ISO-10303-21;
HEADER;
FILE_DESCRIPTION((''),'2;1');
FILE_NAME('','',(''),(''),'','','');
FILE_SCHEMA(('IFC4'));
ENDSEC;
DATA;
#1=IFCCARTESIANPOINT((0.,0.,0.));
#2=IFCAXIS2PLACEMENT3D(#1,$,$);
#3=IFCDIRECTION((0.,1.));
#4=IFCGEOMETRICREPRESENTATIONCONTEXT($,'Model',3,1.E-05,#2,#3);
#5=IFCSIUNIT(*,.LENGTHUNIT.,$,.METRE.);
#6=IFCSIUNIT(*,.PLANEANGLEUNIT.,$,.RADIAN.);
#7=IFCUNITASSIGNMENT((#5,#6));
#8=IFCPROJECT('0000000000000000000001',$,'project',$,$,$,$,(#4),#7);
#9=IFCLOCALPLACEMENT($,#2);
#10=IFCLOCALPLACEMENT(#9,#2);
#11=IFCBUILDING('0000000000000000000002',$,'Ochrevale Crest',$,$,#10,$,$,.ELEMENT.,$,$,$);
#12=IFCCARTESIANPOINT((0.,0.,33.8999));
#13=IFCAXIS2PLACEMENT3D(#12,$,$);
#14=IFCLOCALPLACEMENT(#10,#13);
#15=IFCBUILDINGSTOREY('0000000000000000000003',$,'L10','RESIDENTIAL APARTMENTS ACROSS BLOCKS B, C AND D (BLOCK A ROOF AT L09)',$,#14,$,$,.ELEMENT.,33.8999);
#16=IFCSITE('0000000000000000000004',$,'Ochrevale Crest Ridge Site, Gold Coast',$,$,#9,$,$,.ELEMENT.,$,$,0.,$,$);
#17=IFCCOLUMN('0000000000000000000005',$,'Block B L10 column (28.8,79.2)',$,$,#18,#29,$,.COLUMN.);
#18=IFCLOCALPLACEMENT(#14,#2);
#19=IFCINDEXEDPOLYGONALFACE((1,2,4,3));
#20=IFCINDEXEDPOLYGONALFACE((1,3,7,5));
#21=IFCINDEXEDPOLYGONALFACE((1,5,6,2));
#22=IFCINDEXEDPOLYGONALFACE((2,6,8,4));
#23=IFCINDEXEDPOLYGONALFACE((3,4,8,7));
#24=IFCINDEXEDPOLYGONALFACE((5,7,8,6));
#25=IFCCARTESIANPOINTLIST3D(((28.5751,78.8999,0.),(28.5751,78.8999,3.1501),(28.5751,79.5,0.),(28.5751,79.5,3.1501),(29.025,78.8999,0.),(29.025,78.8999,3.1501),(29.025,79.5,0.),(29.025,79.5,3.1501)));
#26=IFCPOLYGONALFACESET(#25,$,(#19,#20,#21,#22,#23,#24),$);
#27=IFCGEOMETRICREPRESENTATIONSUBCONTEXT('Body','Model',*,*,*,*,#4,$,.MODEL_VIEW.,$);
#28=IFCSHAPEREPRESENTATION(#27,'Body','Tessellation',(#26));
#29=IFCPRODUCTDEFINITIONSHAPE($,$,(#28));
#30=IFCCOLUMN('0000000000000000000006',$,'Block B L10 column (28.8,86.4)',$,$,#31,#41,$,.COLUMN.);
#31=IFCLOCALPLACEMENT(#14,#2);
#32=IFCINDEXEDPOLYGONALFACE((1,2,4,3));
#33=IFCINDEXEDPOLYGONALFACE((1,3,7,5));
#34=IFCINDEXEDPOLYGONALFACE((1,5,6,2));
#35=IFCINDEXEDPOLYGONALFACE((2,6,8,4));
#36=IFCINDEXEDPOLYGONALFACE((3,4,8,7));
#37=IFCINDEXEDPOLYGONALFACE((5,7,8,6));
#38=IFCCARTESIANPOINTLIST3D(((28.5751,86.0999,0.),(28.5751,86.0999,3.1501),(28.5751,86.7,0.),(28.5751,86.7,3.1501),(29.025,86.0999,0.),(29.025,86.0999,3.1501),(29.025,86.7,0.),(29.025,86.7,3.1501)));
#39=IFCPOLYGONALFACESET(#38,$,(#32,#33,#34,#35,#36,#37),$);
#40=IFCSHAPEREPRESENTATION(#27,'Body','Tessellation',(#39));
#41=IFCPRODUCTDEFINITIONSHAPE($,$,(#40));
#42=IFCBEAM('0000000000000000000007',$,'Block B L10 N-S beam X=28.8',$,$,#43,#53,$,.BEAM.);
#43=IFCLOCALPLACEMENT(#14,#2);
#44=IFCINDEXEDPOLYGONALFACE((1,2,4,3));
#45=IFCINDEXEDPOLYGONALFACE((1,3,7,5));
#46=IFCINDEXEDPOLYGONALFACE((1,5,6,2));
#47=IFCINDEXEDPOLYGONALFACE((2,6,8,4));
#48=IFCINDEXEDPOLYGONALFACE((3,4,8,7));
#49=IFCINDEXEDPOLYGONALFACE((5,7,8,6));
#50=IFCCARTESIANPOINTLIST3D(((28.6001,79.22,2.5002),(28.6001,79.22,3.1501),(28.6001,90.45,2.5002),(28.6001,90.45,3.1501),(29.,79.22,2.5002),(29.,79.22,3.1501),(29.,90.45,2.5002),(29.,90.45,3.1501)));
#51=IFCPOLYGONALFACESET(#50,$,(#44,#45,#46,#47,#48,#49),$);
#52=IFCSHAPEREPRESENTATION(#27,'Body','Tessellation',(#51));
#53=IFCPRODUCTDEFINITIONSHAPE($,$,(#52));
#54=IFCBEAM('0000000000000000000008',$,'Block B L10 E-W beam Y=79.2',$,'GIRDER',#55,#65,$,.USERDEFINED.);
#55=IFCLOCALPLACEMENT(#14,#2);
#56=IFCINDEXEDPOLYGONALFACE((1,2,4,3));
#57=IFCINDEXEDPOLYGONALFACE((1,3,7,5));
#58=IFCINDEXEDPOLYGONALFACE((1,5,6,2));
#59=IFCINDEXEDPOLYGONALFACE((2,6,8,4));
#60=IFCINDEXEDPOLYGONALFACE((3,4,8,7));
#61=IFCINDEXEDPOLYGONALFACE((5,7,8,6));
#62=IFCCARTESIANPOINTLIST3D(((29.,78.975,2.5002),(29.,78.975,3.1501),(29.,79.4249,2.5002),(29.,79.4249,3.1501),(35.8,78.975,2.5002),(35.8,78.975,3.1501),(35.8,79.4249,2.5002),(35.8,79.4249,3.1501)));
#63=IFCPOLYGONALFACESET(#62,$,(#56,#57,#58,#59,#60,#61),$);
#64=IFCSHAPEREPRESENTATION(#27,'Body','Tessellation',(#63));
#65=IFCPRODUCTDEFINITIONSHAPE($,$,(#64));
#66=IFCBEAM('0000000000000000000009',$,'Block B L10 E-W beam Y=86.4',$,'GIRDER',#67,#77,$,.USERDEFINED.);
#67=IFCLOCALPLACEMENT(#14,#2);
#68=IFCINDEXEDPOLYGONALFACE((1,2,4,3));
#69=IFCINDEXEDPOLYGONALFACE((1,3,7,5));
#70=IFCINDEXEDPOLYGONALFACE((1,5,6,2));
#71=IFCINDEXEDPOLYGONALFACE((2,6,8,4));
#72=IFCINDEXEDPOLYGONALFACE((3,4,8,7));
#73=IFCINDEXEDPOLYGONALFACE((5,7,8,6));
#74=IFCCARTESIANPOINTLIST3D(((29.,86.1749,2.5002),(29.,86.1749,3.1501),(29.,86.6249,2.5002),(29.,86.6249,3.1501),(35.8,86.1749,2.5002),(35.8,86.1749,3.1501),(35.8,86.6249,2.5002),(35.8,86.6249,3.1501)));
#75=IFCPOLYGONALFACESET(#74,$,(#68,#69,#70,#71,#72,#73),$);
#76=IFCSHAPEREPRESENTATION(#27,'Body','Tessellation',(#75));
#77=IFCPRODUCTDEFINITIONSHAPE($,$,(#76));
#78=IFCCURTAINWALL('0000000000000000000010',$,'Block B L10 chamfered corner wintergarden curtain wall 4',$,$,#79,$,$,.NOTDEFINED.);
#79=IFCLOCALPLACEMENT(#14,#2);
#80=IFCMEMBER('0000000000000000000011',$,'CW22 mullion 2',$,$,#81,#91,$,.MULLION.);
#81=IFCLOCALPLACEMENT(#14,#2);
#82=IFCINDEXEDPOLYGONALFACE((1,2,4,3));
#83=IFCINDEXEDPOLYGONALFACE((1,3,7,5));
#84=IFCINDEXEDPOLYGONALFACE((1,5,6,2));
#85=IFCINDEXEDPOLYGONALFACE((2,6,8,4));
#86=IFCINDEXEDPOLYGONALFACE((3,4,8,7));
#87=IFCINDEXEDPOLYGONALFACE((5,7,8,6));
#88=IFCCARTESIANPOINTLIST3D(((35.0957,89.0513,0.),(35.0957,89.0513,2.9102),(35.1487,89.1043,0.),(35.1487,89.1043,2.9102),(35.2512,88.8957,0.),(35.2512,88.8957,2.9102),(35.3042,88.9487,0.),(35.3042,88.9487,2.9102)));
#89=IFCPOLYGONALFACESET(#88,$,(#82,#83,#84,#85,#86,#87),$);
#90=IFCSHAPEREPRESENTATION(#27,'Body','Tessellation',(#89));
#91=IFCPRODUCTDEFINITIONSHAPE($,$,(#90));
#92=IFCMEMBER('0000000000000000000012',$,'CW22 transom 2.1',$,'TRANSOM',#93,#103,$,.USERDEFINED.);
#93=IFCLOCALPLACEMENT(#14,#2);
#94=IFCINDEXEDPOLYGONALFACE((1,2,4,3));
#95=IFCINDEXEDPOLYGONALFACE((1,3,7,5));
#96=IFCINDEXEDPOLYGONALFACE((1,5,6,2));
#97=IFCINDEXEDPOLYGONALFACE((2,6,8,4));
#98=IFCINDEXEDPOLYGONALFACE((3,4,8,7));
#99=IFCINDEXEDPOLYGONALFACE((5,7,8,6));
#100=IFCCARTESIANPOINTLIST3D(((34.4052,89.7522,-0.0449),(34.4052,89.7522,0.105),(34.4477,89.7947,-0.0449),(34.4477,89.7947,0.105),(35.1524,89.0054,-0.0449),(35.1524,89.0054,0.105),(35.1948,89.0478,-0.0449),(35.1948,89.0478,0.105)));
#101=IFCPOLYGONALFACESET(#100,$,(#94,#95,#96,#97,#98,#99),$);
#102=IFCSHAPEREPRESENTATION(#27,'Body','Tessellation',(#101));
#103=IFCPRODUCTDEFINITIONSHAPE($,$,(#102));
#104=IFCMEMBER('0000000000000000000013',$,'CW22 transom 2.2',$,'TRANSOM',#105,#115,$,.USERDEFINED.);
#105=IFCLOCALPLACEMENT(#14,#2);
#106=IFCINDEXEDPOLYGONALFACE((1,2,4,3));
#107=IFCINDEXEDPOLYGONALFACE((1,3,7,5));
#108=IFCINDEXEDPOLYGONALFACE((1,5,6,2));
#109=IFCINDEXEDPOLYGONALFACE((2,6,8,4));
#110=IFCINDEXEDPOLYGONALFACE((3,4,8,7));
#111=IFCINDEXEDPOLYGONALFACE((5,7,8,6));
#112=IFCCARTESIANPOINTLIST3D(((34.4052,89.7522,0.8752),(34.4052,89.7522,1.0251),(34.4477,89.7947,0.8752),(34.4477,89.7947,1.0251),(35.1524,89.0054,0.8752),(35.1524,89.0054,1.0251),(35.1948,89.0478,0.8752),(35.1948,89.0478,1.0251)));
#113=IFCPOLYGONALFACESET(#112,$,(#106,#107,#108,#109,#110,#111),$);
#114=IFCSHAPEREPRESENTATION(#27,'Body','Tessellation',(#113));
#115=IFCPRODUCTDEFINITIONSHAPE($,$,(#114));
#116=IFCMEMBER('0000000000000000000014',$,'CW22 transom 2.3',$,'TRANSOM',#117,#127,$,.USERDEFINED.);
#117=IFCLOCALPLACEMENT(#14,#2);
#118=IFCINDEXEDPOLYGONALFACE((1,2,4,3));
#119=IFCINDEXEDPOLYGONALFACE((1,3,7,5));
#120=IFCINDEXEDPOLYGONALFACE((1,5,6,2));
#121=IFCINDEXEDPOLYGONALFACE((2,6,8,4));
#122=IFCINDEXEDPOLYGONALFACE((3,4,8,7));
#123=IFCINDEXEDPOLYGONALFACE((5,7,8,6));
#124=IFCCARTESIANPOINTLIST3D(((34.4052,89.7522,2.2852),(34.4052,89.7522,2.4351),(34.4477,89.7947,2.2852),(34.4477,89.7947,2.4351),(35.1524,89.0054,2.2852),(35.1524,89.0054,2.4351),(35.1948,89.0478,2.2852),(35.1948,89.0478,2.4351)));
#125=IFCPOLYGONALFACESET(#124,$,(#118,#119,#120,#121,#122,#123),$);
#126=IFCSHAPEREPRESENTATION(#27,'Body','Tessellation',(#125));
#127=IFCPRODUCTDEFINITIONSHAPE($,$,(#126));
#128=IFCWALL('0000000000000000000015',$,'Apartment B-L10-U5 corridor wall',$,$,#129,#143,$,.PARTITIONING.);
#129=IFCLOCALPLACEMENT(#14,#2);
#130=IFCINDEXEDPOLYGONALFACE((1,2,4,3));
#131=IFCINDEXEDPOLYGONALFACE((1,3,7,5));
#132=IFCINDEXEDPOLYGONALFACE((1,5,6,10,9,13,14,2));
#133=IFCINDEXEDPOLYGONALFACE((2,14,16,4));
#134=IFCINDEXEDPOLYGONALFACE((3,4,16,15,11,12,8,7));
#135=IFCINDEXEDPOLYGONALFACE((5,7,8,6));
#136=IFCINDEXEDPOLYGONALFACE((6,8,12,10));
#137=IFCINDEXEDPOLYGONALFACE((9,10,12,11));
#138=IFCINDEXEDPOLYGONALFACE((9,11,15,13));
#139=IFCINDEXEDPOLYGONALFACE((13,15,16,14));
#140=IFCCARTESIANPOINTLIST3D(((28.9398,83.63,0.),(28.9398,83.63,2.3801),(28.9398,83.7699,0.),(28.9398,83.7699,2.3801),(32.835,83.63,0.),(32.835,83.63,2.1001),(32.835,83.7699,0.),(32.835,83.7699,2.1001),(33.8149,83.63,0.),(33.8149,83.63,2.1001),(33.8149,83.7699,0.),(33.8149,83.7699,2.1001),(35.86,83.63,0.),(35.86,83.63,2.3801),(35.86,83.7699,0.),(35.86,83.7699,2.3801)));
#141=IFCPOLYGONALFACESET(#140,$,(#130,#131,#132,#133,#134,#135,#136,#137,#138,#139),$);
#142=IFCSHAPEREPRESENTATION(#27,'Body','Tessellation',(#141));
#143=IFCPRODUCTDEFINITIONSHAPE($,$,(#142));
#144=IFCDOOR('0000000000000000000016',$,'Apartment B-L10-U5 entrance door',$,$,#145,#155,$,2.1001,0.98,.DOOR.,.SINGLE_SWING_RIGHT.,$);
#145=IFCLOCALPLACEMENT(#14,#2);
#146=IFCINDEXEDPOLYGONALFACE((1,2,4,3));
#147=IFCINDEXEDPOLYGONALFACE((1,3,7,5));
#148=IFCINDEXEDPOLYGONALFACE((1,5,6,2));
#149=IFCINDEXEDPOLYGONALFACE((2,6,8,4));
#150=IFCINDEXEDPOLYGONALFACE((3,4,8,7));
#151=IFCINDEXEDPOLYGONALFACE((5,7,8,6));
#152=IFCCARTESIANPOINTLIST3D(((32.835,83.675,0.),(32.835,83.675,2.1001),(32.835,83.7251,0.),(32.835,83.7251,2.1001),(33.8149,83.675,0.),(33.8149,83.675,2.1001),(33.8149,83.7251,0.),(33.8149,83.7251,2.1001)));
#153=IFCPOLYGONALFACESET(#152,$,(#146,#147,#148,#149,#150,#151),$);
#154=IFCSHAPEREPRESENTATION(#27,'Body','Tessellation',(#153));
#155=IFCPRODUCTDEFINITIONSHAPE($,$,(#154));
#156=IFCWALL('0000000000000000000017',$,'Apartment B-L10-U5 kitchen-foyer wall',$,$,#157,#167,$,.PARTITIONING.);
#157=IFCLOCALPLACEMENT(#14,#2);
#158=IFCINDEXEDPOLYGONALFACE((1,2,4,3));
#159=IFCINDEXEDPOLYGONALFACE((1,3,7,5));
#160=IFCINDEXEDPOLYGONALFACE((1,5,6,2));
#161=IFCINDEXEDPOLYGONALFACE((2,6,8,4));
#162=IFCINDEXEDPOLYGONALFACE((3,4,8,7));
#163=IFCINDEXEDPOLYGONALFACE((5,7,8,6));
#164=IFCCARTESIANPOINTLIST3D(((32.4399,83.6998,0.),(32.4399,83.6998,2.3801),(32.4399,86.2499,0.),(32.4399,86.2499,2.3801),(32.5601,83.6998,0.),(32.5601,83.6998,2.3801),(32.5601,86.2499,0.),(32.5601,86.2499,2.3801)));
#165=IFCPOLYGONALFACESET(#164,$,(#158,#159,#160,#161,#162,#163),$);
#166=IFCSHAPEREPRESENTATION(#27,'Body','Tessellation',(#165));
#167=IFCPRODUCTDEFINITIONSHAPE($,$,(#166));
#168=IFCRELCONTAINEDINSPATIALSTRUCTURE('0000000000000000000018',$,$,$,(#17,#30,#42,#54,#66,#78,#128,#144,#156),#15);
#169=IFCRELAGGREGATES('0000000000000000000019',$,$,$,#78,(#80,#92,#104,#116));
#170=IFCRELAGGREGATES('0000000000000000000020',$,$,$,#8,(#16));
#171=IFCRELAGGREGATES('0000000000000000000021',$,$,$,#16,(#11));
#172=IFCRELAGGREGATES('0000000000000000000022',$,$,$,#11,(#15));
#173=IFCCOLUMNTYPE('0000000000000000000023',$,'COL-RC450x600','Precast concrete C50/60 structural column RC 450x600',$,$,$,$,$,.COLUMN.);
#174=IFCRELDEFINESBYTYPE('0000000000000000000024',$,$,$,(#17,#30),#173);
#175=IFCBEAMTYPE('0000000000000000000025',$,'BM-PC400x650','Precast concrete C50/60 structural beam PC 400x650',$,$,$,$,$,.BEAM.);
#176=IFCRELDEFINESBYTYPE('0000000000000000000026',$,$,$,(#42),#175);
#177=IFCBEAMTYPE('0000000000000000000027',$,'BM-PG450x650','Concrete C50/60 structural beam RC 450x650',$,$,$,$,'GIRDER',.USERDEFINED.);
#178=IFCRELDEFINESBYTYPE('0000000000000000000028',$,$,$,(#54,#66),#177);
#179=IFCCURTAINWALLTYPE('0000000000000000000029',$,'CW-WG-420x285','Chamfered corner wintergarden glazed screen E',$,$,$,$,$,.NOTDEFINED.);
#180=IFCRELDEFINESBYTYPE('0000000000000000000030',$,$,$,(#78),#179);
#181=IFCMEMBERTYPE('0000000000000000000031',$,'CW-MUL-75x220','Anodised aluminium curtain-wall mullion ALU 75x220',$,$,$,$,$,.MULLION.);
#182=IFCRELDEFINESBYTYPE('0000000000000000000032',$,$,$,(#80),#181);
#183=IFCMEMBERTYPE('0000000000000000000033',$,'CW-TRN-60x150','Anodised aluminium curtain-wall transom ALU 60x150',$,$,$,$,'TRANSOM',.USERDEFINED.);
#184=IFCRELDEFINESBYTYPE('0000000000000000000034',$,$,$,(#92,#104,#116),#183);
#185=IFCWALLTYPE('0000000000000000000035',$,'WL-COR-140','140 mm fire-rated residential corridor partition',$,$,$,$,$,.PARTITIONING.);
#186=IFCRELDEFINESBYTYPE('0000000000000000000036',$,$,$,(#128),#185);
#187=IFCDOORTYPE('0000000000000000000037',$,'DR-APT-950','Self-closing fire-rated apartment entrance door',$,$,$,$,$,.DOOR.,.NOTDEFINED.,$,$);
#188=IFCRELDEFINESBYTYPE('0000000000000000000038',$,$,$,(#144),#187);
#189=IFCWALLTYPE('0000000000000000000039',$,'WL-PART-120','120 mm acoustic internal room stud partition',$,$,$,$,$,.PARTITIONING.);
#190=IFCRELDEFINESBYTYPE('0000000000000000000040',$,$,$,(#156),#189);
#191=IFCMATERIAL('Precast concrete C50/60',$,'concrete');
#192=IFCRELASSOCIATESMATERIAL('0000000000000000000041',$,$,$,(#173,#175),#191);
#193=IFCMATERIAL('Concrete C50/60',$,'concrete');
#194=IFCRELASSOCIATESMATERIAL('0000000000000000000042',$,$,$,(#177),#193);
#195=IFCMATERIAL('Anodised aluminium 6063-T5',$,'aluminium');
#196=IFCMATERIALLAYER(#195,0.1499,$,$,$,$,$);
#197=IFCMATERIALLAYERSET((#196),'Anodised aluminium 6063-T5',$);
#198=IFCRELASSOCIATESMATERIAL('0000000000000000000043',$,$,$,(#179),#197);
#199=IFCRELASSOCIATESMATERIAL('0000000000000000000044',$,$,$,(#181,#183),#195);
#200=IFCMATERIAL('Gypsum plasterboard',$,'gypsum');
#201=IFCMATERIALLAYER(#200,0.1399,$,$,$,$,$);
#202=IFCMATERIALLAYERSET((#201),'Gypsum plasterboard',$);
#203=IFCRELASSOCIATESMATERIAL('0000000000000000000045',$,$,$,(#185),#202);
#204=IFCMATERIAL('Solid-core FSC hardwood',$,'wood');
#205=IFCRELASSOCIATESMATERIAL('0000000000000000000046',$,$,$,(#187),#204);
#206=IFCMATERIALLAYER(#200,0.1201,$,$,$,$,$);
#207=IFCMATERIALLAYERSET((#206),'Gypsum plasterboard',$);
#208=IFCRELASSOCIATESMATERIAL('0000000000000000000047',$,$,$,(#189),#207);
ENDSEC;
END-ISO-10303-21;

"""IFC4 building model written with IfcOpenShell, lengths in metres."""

from ifc_helpers import new_model, si_unit, direction, frame, frame_2d, origin, origin_2d, place, context, subcontext, project, spatial, rectangle, extrude, material, layer, layer_set, material_profile, profile_set, type_object, element, fill, aggregate, save


model = new_model("IFC4")

# Units and contexts
model_context = context("Model", 3, precision=1e-05, world=origin(), true_north=direction((0.0, 1.0)))
body_context = subcontext(model_context, "Body", "Model", "MODEL_VIEW")
ifc_project = project(units=[si_unit("LENGTHUNIT", "METRE"), si_unit("PLANEANGLEUNIT", "RADIAN")], contexts=[model_context])

# Site, building, storey
site_placement = place(None, origin())
site = spatial("IfcSite", under=ifc_project, at=site_placement, Name="Ochrevale Crest Ridge Site, Gold Coast", CompositionType="ELEMENT", RefElevation=0.0)
building_placement = place(site_placement, origin())
building = spatial("IfcBuilding", under=site, at=building_placement, Name="Ochrevale Crest", CompositionType="ELEMENT")
storey_placement = place(building_placement, frame((0.0, 0.0, 33.8999)))
storey = spatial("IfcBuildingStorey", under=building, at=storey_placement, Name="L10", Description="RESIDENTIAL APARTMENTS ACROSS BLOCKS B, C AND D (BLOCK A ROOF AT L09)", CompositionType="ELEMENT", Elevation=33.8999)

# Columns
ifc_material_1 = material(Name="Precast concrete C50/60", Category="concrete")
ifc_material_profile_1 = material_profile(ifc_material_1, rectangle(XDim=0.45, YDim=0.6001, at=origin_2d()), Name="RC 450x600")
ifc_profile_set_1 = profile_set([ifc_material_profile_1], Name="Precast concrete C50/60")
column_type = type_object("IfcColumnType", Name="COL-RC450x600", Description="Precast concrete C50/60 structural column RC 450x600", PredefinedType="COLUMN", material=ifc_profile_set_1)
for number, where, z_axis, x_axis, name in (
    (1, (28.8, 79.2, 0.0), (0.0, 0.0, 1.0), (1.0, 0.0, 0.0), "Block B L10 column (28.8,79.2)"),
    (2, (28.8, 86.3999, 0.0), (0.0, 0.0, 1.0), (1.0, 0.0, 0.0), "Block B L10 column (28.8,86.4)"),
):
    element("IfcColumn", number, at=place(storey_placement, frame(where, z_axis=z_axis, x_axis=x_axis)), inside=storey, type_object=column_type, Name=name, PredefinedType="COLUMN", context=body_context, shape_type="SweptSolid", body=[
        extrude(rectangle(XDim=0.45, YDim=0.6001, at=origin_2d()), origin(), (0.0, 0.0, 1.0), 3.1501),
    ])

# Beams
ifc_material_profile_2 = material_profile(ifc_material_1, rectangle(XDim=0.3999, YDim=0.6499, at=origin_2d()), Name="PC 400x650")
ifc_profile_set_2 = profile_set([ifc_material_profile_2], Name="Precast concrete C50/60")
beam_type_1 = type_object("IfcBeamType", Name="BM-PC400x650", Description="Precast concrete C50/60 structural beam PC 400x650", PredefinedType="BEAM", material=ifc_profile_set_2)
beam_placement = place(storey_placement, frame((28.8, 79.22, 2.8252), z_axis=(0.0, 1.0, 0.0), x_axis=(-1.0, 0.0, 0.0)))
element("IfcBeam", 3, at=beam_placement, inside=storey, type_object=beam_type_1, Name="Block B L10 N-S beam X=28.8", PredefinedType="BEAM", context=body_context, shape_type="SweptSolid", body=[
    extrude(rectangle(XDim=0.3999, YDim=0.6499, at=origin_2d()), origin(), (0.0, 0.0, 1.0), 11.23),
])
ifc_material_2 = material(Name="Concrete C50/60", Category="concrete")
ifc_material_profile_3 = material_profile(ifc_material_2, rectangle(XDim=0.45, YDim=0.6499, at=origin_2d()), Name="RC 450x650")
ifc_profile_set_3 = profile_set([ifc_material_profile_3], Name="Concrete C50/60")
beam_type_2 = type_object("IfcBeamType", Name="BM-PG450x650", Description="Concrete C50/60 structural beam RC 450x650", ElementType="GIRDER", PredefinedType="USERDEFINED", material=ifc_profile_set_3)
for number, where, z_axis, x_axis, name in (
    (4, (29.0, 79.2, 2.8252), (1.0, 0.0, 0.0), (0.0, 1.0, 0.0), "Block B L10 E-W beam Y=79.2"),
    (5, (29.0, 86.3999, 2.8252), (1.0, 0.0, 0.0), (0.0, 1.0, 0.0), "Block B L10 E-W beam Y=86.4"),
):
    element("IfcBeam", number, at=place(storey_placement, frame(where, z_axis=z_axis, x_axis=x_axis)), inside=storey, type_object=beam_type_2, Name=name, ObjectType="GIRDER", PredefinedType="USERDEFINED", context=body_context, shape_type="SweptSolid", body=[
        extrude(rectangle(XDim=0.45, YDim=0.6499, at=origin_2d()), origin(), (0.0, 0.0, 1.0), 6.8),
    ])

# Curtain wall, members
ifc_material_3 = material(Name="Anodised aluminium 6063-T5", Category="aluminium")
ifc_layer_1 = layer(ifc_material_3, 0.1499)
ifc_layer_set_1 = layer_set([ifc_layer_1], Name="Anodised aluminium 6063-T5")
curtain_wall_type = type_object("IfcCurtainWallType", Name="CW-WG-420x285", Description="Chamfered corner wintergarden glazed screen E", PredefinedType="NOTDEFINED", material=ifc_layer_set_1)
curtain_wall_placement = place(storey_placement, origin())
curtain_wall = element("IfcCurtainWall", 6, at=curtain_wall_placement, inside=storey, type_object=curtain_wall_type, Name="Block B L10 chamfered corner wintergarden curtain wall 4", PredefinedType="NOTDEFINED")
ifc_material_profile_4 = material_profile(ifc_material_3, rectangle(XDim=0.075, YDim=0.22, at=origin_2d()), Name="ALU 75x220")
ifc_profile_set_4 = profile_set([ifc_material_profile_4], Name="Anodised aluminium 6063-T5")
member_type_1 = type_object("IfcMemberType", Name="CW-MUL-75x220", Description="Anodised aluminium curtain-wall mullion ALU 75x220", PredefinedType="MULLION", material=ifc_profile_set_4)
member_1_placement = place(storey_placement, frame((35.2, 89.0, 0.0), z_axis=(0.0, 0.0, 1.0), x_axis=(-0.707107, -0.707107, 0.0)))
member_1 = element("IfcMember", 7, at=member_1_placement, type_object=member_type_1, Name="CW22 mullion 2", PredefinedType="MULLION", context=body_context, shape_type="SweptSolid", body=[
    extrude(rectangle(XDim=0.075, YDim=0.22, at=origin_2d()), origin(), (0.0, 0.0, 1.0), 2.9102),
])
ifc_material_profile_5 = material_profile(ifc_material_3, rectangle(XDim=0.0601, YDim=0.1499, at=origin_2d()), Name="ALU 60x150")
ifc_profile_set_5 = profile_set([ifc_material_profile_5], Name="Anodised aluminium 6063-T5")
member_type_2 = type_object("IfcMemberType", Name="CW-TRN-60x150", Description="Anodised aluminium curtain-wall transom ALU 60x150", ElementType="TRANSOM", PredefinedType="USERDEFINED", material=ifc_profile_set_5)
member_2_placement = place(storey_placement, frame((35.1736, 89.0266, 0.03), z_axis=(-0.707222, 0.706991, 0.0), x_axis=(-0.706991, -0.707222, 0.0)))
member_2 = element("IfcMember", 8, at=member_2_placement, type_object=member_type_2, Name="CW22 transom 2.1", ObjectType="TRANSOM", PredefinedType="USERDEFINED", context=body_context, shape_type="SweptSolid", body=[
    extrude(rectangle(XDim=0.0601, YDim=0.1499, at=origin_2d()), origin(), (0.0, 0.0, 1.0), 1.0564),
])
member_3_placement = place(storey_placement, frame((35.1736, 89.0266, 0.9502), z_axis=(-0.707222, 0.706991, 0.0), x_axis=(-0.706991, -0.707222, 0.0)))
member_3 = element("IfcMember", 9, at=member_3_placement, type_object=member_type_2, Name="CW22 transom 2.2", ObjectType="TRANSOM", PredefinedType="USERDEFINED", context=body_context, shape_type="SweptSolid", body=[
    extrude(rectangle(XDim=0.0601, YDim=0.1499, at=origin_2d()), origin(), (0.0, 0.0, 1.0), 1.0564),
])
member_4_placement = place(storey_placement, frame((35.1736, 89.0266, 2.3601), z_axis=(-0.707222, 0.706991, 0.0), x_axis=(-0.706991, -0.707222, 0.0)))
member_4 = element("IfcMember", 10, at=member_4_placement, type_object=member_type_2, Name="CW22 transom 2.3", ObjectType="TRANSOM", PredefinedType="USERDEFINED", context=body_context, shape_type="SweptSolid", body=[
    extrude(rectangle(XDim=0.0601, YDim=0.1499, at=origin_2d()), origin(), (0.0, 0.0, 1.0), 1.0564),
])
aggregate(curtain_wall, [member_1, member_2, member_3, member_4])

# Wall, opening, door
ifc_material_4 = material(Name="Gypsum plasterboard", Category="gypsum")
ifc_layer_2 = layer(ifc_material_4, 0.1399)
ifc_layer_set_2 = layer_set([ifc_layer_2], Name="Gypsum plasterboard")
wall_type_1 = type_object("IfcWallType", Name="WL-COR-140", Description="140 mm fire-rated residential corridor partition", PredefinedType="PARTITIONING", material=ifc_layer_set_2)
wall_1_placement = place(storey_placement, frame((28.9399, 83.7, 0.0), z_axis=(0.0, 0.0, 1.0), x_axis=(1.0, 0.0, 0.0)))
wall_1 = element("IfcWall", 11, at=wall_1_placement, inside=storey, type_object=wall_type_1, Name="Apartment B-L10-U5 corridor wall", PredefinedType="PARTITIONING", context=body_context, shape_type="SweptSolid", body=[
    extrude(rectangle(XDim=6.9202, YDim=0.1399, at=frame_2d((3.46, 0.0))), origin(), (0.0, 0.0, 1.0), 2.3801),
])
opening_1_placement = place(wall_1_placement, frame((4.875, 0.0, 0.0), z_axis=(0.0, 0.0, 1.0), x_axis=(-1.0, 0.0, 0.0)))
opening_1 = element("IfcOpeningElement", 12, at=opening_1_placement, cuts=wall_1, PredefinedType="OPENING", context=body_context, shape_type="SweptSolid", body=[
    extrude(rectangle(XDim=0.98, YDim=2.1001, at=frame_2d((0.49, 1.05))), frame((0.0, 0.0801, 0.0), z_axis=(0.0, -1.0, 0.0), x_axis=(1.0, 0.0, 0.0)), (0.0, 0.0, 1.0), 0.1599),
])
ifc_material_5 = material(Name="Solid-core FSC hardwood", Category="wood")
door_type_1 = type_object("IfcDoorType", Name="DR-APT-950", Description="Self-closing fire-rated apartment entrance door", OperationType="NOTDEFINED", PredefinedType="DOOR", material=ifc_material_5)
door_1_placement = place(opening_1_placement, origin())
door_1 = element("IfcDoor", 13, at=door_1_placement, inside=storey, type_object=door_type_1, Name="Apartment B-L10-U5 entrance door", OperationType="SINGLE_SWING_RIGHT", OverallHeight=2.1001, OverallWidth=0.98, PredefinedType="DOOR", context=body_context, shape_type="SweptSolid", body=[
    extrude(rectangle(XDim=0.98, YDim=2.1001, at=frame_2d((0.49, 1.05))), frame((0.0, 0.0249, 0.0), z_axis=(0.0, -1.0, 0.0), x_axis=(1.0, 0.0, 0.0)), (0.0, 0.0, 1.0), 0.05),
])
fill(opening_1, door_1)

# Wall
ifc_layer_3 = layer(ifc_material_4, 0.1201)
ifc_layer_set_3 = layer_set([ifc_layer_3], Name="Gypsum plasterboard")
wall_type_2 = type_object("IfcWallType", Name="WL-PART-120", Description="120 mm acoustic internal room stud partition", PredefinedType="PARTITIONING", material=ifc_layer_set_3)
wall_2_placement = place(storey_placement, frame((32.5, 83.7, 0.0), z_axis=(0.0, 0.0, 1.0), x_axis=(0.0, 1.0, 0.0)))
element("IfcWall", 14, at=wall_2_placement, inside=storey, type_object=wall_type_2, Name="Apartment B-L10-U5 kitchen-foyer wall", PredefinedType="PARTITIONING", context=body_context, shape_type="SweptSolid", body=[
    extrude(rectangle(XDim=2.55, YDim=0.1201, at=frame_2d((1.2749, 0.0))), origin(), (0.0, 0.0, 1.0), 2.3801),
])

save(model, "model.ifc")
